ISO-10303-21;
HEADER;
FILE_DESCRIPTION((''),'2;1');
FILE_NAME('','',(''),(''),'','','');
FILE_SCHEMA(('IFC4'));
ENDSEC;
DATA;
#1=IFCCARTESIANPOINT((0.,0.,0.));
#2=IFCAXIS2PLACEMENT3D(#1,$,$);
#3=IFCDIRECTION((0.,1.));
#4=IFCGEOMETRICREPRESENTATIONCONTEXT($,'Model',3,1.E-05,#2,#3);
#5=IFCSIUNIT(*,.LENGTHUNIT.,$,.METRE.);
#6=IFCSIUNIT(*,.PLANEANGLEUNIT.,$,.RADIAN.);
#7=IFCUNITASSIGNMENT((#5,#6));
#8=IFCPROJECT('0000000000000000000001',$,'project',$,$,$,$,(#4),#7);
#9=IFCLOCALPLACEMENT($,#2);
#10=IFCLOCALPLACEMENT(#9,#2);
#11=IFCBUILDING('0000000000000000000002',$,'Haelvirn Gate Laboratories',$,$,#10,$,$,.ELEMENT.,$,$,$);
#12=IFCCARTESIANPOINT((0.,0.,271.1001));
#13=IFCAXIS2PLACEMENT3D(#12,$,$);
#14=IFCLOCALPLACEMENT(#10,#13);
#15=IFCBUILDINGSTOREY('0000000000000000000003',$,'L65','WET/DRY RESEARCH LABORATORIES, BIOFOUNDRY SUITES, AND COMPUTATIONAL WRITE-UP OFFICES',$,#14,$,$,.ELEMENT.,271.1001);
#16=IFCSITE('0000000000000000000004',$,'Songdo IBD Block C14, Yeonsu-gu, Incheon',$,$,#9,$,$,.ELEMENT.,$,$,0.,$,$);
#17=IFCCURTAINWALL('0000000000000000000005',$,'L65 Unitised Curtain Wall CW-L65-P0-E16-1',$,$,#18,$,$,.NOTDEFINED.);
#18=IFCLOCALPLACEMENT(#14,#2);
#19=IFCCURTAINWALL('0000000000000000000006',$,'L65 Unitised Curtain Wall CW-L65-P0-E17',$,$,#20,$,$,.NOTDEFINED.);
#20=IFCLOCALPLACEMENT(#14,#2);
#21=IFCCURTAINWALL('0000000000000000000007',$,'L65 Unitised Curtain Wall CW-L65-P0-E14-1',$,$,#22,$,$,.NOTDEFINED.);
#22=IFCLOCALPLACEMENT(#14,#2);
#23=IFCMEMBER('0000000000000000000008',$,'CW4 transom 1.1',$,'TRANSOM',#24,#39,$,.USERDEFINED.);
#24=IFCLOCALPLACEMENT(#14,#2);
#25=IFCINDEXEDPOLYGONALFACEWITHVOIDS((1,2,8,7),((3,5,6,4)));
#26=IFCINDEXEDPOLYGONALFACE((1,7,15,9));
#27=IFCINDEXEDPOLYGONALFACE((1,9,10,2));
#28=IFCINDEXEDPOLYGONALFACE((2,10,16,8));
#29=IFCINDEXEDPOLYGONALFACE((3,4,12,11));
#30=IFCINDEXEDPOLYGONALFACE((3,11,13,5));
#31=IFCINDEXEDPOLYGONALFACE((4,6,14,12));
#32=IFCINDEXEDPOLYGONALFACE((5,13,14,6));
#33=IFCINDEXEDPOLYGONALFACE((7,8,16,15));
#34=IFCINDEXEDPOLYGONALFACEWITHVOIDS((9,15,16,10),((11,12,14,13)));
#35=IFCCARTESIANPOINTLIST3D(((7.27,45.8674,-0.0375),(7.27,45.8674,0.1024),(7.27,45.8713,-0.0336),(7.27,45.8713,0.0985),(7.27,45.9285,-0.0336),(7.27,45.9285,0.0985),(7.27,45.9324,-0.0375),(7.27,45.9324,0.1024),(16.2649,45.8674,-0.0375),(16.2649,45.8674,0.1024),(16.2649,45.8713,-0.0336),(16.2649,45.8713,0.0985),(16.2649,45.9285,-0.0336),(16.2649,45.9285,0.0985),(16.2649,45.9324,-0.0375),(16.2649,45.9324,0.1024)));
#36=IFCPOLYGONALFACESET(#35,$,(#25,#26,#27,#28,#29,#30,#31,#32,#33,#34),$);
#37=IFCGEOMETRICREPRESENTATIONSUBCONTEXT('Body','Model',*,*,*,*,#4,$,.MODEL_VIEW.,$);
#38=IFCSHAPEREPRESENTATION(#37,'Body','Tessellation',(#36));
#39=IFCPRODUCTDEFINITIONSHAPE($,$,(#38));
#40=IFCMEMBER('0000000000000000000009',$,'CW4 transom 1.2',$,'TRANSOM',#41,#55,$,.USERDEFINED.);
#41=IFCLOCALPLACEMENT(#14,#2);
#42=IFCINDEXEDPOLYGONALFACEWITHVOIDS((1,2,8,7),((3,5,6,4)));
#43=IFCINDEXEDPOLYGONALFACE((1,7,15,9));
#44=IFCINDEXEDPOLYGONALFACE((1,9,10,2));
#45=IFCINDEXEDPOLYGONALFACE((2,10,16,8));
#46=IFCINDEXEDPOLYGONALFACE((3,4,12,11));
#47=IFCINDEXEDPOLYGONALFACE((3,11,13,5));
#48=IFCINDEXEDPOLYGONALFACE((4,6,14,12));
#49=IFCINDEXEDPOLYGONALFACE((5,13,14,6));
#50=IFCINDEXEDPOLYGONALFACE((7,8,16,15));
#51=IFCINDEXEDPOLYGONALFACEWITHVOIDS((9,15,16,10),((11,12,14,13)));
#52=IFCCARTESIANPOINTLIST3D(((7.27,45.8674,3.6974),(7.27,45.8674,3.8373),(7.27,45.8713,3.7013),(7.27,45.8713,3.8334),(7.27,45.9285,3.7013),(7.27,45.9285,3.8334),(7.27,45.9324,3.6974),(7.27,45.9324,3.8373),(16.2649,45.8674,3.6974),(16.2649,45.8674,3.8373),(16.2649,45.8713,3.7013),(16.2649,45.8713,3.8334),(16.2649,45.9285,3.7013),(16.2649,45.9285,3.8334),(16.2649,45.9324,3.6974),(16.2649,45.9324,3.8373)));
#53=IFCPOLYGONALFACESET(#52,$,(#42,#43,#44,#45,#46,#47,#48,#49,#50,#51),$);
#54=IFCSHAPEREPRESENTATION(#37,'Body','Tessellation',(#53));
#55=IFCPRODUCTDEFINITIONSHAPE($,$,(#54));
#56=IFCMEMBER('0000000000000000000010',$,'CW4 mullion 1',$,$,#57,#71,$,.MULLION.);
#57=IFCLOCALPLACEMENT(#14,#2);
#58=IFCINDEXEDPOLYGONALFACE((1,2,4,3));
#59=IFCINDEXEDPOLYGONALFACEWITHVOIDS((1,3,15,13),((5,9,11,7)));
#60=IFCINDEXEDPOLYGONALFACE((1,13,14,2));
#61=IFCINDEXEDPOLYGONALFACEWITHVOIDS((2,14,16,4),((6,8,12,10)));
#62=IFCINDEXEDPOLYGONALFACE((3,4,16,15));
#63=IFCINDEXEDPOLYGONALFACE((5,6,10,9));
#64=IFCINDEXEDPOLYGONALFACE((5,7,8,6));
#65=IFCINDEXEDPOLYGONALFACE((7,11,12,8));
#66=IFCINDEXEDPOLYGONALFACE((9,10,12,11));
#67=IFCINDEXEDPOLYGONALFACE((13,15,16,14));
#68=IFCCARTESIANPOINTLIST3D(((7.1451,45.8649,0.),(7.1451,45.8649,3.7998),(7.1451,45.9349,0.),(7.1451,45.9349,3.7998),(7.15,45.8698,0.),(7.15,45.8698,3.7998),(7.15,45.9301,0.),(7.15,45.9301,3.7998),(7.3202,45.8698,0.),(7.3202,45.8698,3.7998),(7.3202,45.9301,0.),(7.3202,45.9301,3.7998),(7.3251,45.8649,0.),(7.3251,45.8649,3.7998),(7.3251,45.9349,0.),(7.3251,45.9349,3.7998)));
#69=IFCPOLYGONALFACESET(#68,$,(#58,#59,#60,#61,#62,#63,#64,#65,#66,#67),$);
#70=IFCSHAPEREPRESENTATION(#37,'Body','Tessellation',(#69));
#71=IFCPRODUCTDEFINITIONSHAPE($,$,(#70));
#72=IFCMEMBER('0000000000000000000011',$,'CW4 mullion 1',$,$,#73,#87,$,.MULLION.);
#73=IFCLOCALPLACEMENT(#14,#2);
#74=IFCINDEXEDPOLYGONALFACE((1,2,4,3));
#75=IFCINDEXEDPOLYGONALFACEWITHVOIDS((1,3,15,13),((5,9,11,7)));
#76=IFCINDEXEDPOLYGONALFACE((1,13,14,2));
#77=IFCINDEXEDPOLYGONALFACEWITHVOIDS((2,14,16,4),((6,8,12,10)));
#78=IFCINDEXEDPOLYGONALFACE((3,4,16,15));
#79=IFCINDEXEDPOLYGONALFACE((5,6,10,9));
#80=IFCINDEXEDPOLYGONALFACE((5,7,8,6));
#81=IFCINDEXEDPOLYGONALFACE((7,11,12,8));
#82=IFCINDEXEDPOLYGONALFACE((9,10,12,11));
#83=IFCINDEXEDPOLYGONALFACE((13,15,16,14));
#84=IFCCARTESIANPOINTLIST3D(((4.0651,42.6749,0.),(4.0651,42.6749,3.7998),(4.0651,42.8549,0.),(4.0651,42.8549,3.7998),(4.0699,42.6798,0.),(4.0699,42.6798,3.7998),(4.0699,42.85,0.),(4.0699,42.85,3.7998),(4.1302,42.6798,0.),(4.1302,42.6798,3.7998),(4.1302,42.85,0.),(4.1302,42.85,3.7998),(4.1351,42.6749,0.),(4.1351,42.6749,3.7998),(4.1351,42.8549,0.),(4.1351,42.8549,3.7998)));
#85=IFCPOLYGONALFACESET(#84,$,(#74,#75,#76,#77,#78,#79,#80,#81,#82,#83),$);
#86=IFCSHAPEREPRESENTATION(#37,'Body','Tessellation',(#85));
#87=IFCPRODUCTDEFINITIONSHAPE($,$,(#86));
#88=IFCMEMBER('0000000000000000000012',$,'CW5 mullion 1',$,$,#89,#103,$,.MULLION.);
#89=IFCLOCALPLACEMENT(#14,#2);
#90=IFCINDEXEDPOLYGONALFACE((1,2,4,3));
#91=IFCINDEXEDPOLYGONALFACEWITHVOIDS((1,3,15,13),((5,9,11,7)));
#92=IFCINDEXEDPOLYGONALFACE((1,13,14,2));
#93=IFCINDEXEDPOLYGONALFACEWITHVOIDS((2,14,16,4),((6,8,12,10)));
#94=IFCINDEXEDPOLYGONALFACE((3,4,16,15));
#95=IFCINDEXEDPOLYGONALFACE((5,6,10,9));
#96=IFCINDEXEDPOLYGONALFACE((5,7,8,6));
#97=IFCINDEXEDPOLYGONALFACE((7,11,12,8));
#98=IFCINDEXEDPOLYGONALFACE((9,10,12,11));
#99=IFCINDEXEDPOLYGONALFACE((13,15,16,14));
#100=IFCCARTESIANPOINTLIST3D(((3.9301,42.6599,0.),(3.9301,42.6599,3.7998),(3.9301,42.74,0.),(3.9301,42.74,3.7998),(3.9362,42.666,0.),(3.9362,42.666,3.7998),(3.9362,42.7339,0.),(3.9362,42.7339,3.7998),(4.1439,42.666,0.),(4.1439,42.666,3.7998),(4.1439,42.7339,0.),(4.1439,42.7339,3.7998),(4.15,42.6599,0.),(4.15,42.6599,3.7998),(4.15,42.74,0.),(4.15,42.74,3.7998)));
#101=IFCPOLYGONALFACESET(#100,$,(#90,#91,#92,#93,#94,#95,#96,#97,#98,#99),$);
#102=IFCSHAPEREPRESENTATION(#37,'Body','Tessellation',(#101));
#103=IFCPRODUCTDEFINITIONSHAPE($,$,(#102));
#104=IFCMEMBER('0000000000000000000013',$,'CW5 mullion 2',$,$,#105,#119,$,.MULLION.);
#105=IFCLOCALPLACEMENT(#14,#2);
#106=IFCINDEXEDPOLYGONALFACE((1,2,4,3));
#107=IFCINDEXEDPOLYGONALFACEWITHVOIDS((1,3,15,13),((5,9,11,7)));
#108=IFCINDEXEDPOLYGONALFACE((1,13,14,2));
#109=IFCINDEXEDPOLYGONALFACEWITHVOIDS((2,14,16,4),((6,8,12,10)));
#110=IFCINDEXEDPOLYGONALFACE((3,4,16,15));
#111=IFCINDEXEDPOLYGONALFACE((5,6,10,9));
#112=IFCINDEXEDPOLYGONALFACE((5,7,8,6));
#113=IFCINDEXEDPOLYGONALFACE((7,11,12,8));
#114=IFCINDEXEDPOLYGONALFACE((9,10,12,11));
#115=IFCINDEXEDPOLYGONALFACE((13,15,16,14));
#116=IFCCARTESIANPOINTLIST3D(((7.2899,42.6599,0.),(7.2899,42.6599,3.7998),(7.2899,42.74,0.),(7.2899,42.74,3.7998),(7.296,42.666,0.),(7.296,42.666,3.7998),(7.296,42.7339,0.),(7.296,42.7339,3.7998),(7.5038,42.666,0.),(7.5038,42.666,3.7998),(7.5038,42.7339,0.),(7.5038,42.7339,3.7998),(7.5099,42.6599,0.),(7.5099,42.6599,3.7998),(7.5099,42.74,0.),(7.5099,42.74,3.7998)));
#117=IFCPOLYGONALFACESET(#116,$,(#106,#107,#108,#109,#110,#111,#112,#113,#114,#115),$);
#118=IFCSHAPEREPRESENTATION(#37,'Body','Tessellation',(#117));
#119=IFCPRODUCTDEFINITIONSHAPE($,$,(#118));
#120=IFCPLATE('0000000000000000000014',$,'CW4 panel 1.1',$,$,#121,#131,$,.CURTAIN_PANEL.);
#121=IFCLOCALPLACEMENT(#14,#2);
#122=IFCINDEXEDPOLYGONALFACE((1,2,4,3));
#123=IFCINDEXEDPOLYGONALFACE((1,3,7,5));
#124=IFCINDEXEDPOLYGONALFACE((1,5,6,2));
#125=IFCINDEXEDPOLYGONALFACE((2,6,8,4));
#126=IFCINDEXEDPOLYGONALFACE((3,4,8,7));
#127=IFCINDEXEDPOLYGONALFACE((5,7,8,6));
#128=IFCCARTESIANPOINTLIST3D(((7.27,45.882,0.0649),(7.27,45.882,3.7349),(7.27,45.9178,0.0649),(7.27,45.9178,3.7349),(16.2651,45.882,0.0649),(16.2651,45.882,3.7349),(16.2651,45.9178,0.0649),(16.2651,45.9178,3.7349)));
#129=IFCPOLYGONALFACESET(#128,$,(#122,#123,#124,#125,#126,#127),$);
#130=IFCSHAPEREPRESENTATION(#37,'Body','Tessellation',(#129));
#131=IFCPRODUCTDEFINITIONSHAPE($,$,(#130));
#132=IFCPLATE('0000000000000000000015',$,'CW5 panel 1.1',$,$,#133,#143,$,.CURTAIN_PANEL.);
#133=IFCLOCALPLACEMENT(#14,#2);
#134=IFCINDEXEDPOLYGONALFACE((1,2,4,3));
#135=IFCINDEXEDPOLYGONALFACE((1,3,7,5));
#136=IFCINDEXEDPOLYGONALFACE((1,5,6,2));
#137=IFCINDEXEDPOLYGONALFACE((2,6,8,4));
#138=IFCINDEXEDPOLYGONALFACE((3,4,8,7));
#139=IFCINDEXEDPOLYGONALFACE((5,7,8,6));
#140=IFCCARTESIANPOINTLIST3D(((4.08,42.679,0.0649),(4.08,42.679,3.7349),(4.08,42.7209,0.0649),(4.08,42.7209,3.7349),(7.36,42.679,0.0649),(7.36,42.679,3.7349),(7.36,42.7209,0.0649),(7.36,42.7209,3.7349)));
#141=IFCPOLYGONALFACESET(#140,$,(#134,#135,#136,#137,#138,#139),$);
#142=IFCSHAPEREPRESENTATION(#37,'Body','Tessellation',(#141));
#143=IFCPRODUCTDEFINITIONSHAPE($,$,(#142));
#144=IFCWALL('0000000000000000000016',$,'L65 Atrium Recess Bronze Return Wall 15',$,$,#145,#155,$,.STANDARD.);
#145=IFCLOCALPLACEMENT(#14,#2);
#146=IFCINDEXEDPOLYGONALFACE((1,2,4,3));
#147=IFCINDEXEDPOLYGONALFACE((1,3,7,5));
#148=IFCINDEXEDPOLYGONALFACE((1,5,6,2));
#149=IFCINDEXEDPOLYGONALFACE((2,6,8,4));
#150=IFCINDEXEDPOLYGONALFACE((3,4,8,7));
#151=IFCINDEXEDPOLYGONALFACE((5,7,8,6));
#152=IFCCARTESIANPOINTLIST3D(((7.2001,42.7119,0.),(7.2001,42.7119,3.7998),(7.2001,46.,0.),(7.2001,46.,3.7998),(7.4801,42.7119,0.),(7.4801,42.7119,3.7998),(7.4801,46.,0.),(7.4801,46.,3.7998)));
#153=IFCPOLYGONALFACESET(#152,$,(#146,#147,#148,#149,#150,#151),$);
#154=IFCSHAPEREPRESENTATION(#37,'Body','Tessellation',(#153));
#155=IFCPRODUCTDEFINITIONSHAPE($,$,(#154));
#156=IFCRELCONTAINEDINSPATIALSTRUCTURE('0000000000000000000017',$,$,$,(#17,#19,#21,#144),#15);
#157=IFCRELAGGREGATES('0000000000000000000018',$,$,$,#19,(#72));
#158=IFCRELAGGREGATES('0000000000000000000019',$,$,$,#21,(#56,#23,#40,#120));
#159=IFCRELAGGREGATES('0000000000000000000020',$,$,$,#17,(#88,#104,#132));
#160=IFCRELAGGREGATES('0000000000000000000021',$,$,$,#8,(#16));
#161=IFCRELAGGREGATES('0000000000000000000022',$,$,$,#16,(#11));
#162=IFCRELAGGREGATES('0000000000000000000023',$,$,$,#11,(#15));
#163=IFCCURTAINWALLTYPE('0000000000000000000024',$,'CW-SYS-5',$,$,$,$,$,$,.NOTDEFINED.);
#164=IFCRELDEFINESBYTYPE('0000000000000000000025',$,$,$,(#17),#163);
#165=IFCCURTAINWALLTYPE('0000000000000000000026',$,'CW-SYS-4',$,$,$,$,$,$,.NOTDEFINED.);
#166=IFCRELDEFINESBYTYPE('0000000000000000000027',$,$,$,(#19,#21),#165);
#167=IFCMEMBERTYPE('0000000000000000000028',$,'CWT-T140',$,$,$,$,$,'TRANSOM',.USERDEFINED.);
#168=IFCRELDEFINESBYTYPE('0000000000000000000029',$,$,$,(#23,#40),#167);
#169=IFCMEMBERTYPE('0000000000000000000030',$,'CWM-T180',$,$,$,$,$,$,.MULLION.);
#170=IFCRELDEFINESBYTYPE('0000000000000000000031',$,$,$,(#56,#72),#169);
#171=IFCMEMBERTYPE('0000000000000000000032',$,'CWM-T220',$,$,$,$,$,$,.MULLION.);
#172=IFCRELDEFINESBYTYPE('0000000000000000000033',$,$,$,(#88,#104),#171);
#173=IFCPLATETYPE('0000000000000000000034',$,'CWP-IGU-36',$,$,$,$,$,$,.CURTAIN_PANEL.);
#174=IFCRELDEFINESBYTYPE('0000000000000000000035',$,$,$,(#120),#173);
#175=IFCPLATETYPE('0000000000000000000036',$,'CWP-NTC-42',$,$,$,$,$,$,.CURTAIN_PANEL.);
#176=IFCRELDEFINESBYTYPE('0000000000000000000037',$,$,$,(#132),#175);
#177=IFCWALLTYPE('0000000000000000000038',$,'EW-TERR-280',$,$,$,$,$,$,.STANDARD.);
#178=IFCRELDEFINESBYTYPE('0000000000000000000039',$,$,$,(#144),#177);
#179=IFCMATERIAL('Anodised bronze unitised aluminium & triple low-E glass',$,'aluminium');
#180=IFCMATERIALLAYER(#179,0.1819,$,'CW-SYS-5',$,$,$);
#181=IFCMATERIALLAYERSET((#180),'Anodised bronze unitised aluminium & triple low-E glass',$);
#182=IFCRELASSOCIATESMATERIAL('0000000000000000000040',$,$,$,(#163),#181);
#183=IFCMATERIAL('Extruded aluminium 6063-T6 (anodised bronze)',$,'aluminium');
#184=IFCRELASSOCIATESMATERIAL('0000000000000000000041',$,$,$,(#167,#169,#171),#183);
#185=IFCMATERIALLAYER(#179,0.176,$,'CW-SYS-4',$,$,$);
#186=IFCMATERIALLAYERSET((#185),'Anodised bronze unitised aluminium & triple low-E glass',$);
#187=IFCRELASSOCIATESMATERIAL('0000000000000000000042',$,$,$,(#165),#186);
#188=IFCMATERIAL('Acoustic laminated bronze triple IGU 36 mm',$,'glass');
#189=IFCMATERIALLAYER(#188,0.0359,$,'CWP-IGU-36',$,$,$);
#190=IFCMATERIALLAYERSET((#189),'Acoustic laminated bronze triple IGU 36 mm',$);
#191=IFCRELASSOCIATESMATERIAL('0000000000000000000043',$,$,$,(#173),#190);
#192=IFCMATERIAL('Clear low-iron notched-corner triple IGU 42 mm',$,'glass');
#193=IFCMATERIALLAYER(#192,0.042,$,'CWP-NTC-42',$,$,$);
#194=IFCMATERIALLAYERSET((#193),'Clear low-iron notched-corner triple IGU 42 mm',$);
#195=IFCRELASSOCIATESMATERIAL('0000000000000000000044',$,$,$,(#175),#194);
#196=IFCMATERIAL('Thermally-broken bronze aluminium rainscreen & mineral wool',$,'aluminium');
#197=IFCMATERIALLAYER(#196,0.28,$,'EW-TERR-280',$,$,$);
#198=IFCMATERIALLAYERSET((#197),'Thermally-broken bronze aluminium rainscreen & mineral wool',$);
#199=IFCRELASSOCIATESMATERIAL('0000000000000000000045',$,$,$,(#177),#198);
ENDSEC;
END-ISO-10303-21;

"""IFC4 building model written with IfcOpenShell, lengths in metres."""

from ifc_helpers import new_model, si_unit, direction, frame, frame_2d, origin, origin_2d, place, context, subcontext, project, spatial, rectangle, hollow_rectangle, extrude, source, transform, mapped, material, layer, layer_set, material_profile, profile_set, type_object, type_shapes, element, aggregate, save


model = new_model("IFC4")

# Units and contexts
model_context = context("Model", 3, precision=1e-05, world=origin(), true_north=direction((0.0, 1.0)))
body_context = subcontext(model_context, "Body", "Model", "MODEL_VIEW")
ifc_project = project(units=[si_unit("LENGTHUNIT", "METRE"), si_unit("PLANEANGLEUNIT", "RADIAN")], contexts=[model_context])

# Site, building, storey
site_placement = place(None, origin())
site = spatial("IfcSite", under=ifc_project, at=site_placement, Name="Songdo IBD Block C14, Yeonsu-gu, Incheon", CompositionType="ELEMENT", RefElevation=0.0)
building_placement = place(site_placement, origin())
building = spatial("IfcBuilding", under=site, at=building_placement, Name="Haelvirn Gate Laboratories", CompositionType="ELEMENT")
storey_placement = place(building_placement, frame((0.0, 0.0, 271.1001)))
storey = spatial("IfcBuildingStorey", under=building, at=storey_placement, Name="L65", Description="WET/DRY RESEARCH LABORATORIES, BIOFOUNDRY SUITES, AND COMPUTATIONAL WRITE-UP OFFICES", CompositionType="ELEMENT", Elevation=271.1001)

# Curtain walls, members
ifc_material_1 = material(Name="Anodised bronze unitised aluminium & triple low-E glass", Category="aluminium")
ifc_layer_1 = layer(ifc_material_1, 0.1819, Name="CW-SYS-5")
ifc_layer_set_1 = layer_set([ifc_layer_1], Name="Anodised bronze unitised aluminium & triple low-E glass")
curtain_wall_type_1 = type_object("IfcCurtainWallType", Name="CW-SYS-5", PredefinedType="NOTDEFINED", material=ifc_layer_set_1)
curtain_wall_1_placement = place(storey_placement, origin())
curtain_wall_1 = element("IfcCurtainWall", 1, at=curtain_wall_1_placement, inside=storey, type_object=curtain_wall_type_1, Name="L65 Unitised Curtain Wall CW-L65-P0-E16-1", PredefinedType="NOTDEFINED")
ifc_material_2 = material(Name="Extruded aluminium 6063-T6 (anodised bronze)", Category="aluminium")
ifc_material_profile_1 = material_profile(ifc_material_2, hollow_rectangle(XDim=0.0649, YDim=0.1399, WallThickness=0.0039, at=origin_2d()), Name="CWT-140x65x4")
ifc_profile_set_1 = profile_set([ifc_material_profile_1], Name="Extruded aluminium 6063-T6 (anodised bronze)")
member_type_1 = type_object("IfcMemberType", Name="CWT-T140", ElementType="TRANSOM", PredefinedType="USERDEFINED", material=ifc_profile_set_1)
ifc_layer_2 = layer(ifc_material_1, 0.176, Name="CW-SYS-4")
ifc_layer_set_2 = layer_set([ifc_layer_2], Name="Anodised bronze unitised aluminium & triple low-E glass")
curtain_wall_type_2 = type_object("IfcCurtainWallType", Name="CW-SYS-4", PredefinedType="NOTDEFINED", material=ifc_layer_set_2)
curtain_wall_2_placement = place(storey_placement, origin())
curtain_wall_2 = element("IfcCurtainWall", 2, at=curtain_wall_2_placement, inside=storey, type_object=curtain_wall_type_2, Name="L65 Unitised Curtain Wall CW-L65-P0-E17", PredefinedType="NOTDEFINED")
curtain_wall_3_placement = place(storey_placement, origin())
curtain_wall_3 = element("IfcCurtainWall", 3, at=curtain_wall_3_placement, inside=storey, type_object=curtain_wall_type_2, Name="L65 Unitised Curtain Wall CW-L65-P0-E14-1", PredefinedType="NOTDEFINED")
shared_shape_1 = source(origin(), body_context, "Body", "SweptSolid", [
    extrude(hollow_rectangle(XDim=0.0649, YDim=0.1399, WallThickness=0.0039, at=origin_2d()), origin(), (0.0, 0.0, 1.0), 8.9949),
])
member_1_placement = place(storey_placement, frame((7.27, 45.8999, 0.0325), z_axis=(1.0, 0.0, 0.0), x_axis=(0.0, 1.0, 0.0)))
member_1 = element("IfcMember", 4, at=member_1_placement, type_object=member_type_1, Name="CW4 transom 1.1", ObjectType="TRANSOM", PredefinedType="USERDEFINED", context=body_context, shape_type="MappedRepresentation", body=[
    mapped(shared_shape_1, transform((0.0, 0.0, 0.0), scale=1.0)),
])
member_2_placement = place(storey_placement, frame((7.27, 45.8999, 3.7673), z_axis=(1.0, 0.0, 0.0), x_axis=(0.0, 1.0, 0.0)))
member_2 = element("IfcMember", 5, at=member_2_placement, type_object=member_type_1, Name="CW4 transom 1.2", ObjectType="TRANSOM", PredefinedType="USERDEFINED", context=body_context, shape_type="MappedRepresentation", body=[
    mapped(shared_shape_1, transform((0.0, 0.0, 0.0), scale=1.0)),
])
ifc_material_profile_2 = material_profile(ifc_material_2, hollow_rectangle(XDim=0.0701, YDim=0.1799, WallThickness=0.0049, at=origin_2d()), Name="CWM-180x70x5")
ifc_profile_set_2 = profile_set([ifc_material_profile_2], Name="Extruded aluminium 6063-T6 (anodised bronze)")
member_type_2 = type_object("IfcMemberType", Name="CWM-T180", PredefinedType="MULLION", material=ifc_profile_set_2)
shared_shape_2 = source(origin(), body_context, "Body", "SweptSolid", [
    extrude(hollow_rectangle(XDim=0.0701, YDim=0.1799, WallThickness=0.0049, at=origin_2d()), origin(), (0.0, 0.0, 1.0), 3.7998),
])
type_shapes(member_type_2, [shared_shape_2])
member_3_placement = place(storey_placement, frame((7.2351, 45.8999, 0.0), z_axis=(0.0, 0.0, 1.0), x_axis=(0.0, 1.0, 0.0)))
member_3 = element("IfcMember", 6, at=member_3_placement, type_object=member_type_2, Name="CW4 mullion 1", PredefinedType="MULLION", context=body_context, shape_type="MappedRepresentation", body=[
    mapped(shared_shape_2, transform((0.0, 0.0, 0.0), scale=1.0)),
])

# Members
member_4_placement = place(storey_placement, frame((4.1001, 42.7649, 0.0), z_axis=(0.0, 0.0, 1.0), x_axis=(1.0, 0.0, 0.0)))
member_4 = element("IfcMember", 7, at=member_4_placement, type_object=member_type_2, Name="CW4 mullion 1", PredefinedType="MULLION", context=body_context, shape_type="MappedRepresentation", body=[
    mapped(shared_shape_2, transform((0.0, 0.0, 0.0), scale=1.0)),
])
aggregate(curtain_wall_2, [member_4])
ifc_material_profile_3 = material_profile(ifc_material_2, hollow_rectangle(XDim=0.0801, YDim=0.22, WallThickness=0.0061, at=origin_2d()), Name="CWM-220x80x6")
ifc_profile_set_3 = profile_set([ifc_material_profile_3], Name="Extruded aluminium 6063-T6 (anodised bronze)")
member_type_3 = type_object("IfcMemberType", Name="CWM-T220", PredefinedType="MULLION", material=ifc_profile_set_3)
shared_shape_3 = source(origin(), body_context, "Body", "SweptSolid", [
    extrude(hollow_rectangle(XDim=0.0801, YDim=0.22, WallThickness=0.0061, at=origin_2d()), origin(), (0.0, 0.0, 1.0), 3.7998),
])
type_shapes(member_type_3, [shared_shape_3])
member_5_placement = place(storey_placement, frame((4.04, 42.7, 0.0), z_axis=(0.0, 0.0, 1.0), x_axis=(0.0, 1.0, 0.0)))
member_5 = element("IfcMember", 8, at=member_5_placement, type_object=member_type_3, Name="CW5 mullion 1", PredefinedType="MULLION", context=body_context, shape_type="MappedRepresentation", body=[
    mapped(shared_shape_3, transform((0.0, 0.0, 0.0), scale=1.0)),
])
member_6_placement = place(storey_placement, frame((7.3999, 42.7, 0.0), z_axis=(0.0, 0.0, 1.0), x_axis=(0.0, 1.0, 0.0)))
member_6 = element("IfcMember", 9, at=member_6_placement, type_object=member_type_3, Name="CW5 mullion 2", PredefinedType="MULLION", context=body_context, shape_type="MappedRepresentation", body=[
    mapped(shared_shape_3, transform((0.0, 0.0, 0.0), scale=1.0)),
])

# Plates
ifc_material_3 = material(Name="Acoustic laminated bronze triple IGU 36 mm", Category="glass")
ifc_layer_3 = layer(ifc_material_3, 0.0359, Name="CWP-IGU-36")
ifc_layer_set_3 = layer_set([ifc_layer_3], Name="Acoustic laminated bronze triple IGU 36 mm")
plate_type_1 = type_object("IfcPlateType", Name="CWP-IGU-36", PredefinedType="CURTAIN_PANEL", material=ifc_layer_set_3)
shared_shape_4 = source(origin(), body_context, "Body", "SweptSolid", [
    extrude(rectangle(XDim=8.9951, YDim=0.0359, at=origin_2d()), origin(), (0.0, 0.0, 1.0), 3.6699),
])
type_shapes(plate_type_1, [shared_shape_4])
plate_1_placement = place(storey_placement, frame((11.7676, 45.8999, 0.0649), z_axis=(0.0, 0.0, 1.0), x_axis=(1.0, 0.0, 0.0)))
plate_1 = element("IfcPlate", 10, at=plate_1_placement, type_object=plate_type_1, Name="CW4 panel 1.1", PredefinedType="CURTAIN_PANEL", context=body_context, shape_type="MappedRepresentation", body=[
    mapped(shared_shape_4, transform((0.0, 0.0, 0.0), scale=1.0)),
])
aggregate(curtain_wall_3, [member_3, member_1, member_2, plate_1])
ifc_material_4 = material(Name="Clear low-iron notched-corner triple IGU 42 mm", Category="glass")
ifc_layer_4 = layer(ifc_material_4, 0.042, Name="CWP-NTC-42")
ifc_layer_set_4 = layer_set([ifc_layer_4], Name="Clear low-iron notched-corner triple IGU 42 mm")
plate_type_2 = type_object("IfcPlateType", Name="CWP-NTC-42", PredefinedType="CURTAIN_PANEL", material=ifc_layer_set_4)
shared_shape_5 = source(origin(), body_context, "Body", "SweptSolid", [
    extrude(rectangle(XDim=3.28, YDim=0.042, at=origin_2d()), origin(), (0.0, 0.0, 1.0), 3.6699),
])
type_shapes(plate_type_2, [shared_shape_5])
plate_2_placement = place(storey_placement, frame((5.72, 42.7, 0.0649), z_axis=(0.0, 0.0, 1.0), x_axis=(1.0, 0.0, 0.0)))
plate_2 = element("IfcPlate", 11, at=plate_2_placement, type_object=plate_type_2, Name="CW5 panel 1.1", PredefinedType="CURTAIN_PANEL", context=body_context, shape_type="MappedRepresentation", body=[
    mapped(shared_shape_5, transform((0.0, 0.0, 0.0), scale=1.0)),
])
aggregate(curtain_wall_1, [member_5, member_6, plate_2])

# Wall
ifc_material_5 = material(Name="Thermally-broken bronze aluminium rainscreen & mineral wool", Category="aluminium")
ifc_layer_5 = layer(ifc_material_5, 0.28, Name="EW-TERR-280")
ifc_layer_set_5 = layer_set([ifc_layer_5], Name="Thermally-broken bronze aluminium rainscreen & mineral wool")
wall_type_1 = type_object("IfcWallType", Name="EW-TERR-280", PredefinedType="STANDARD", material=ifc_layer_set_5)
wall_1_placement = place(storey_placement, frame((7.3401, 46.0, 0.0), z_axis=(0.0, 0.0, 1.0), x_axis=(0.0, -1.0, 0.0)))
element("IfcWall", 12, at=wall_1_placement, inside=storey, type_object=wall_type_1, Name="L65 Atrium Recess Bronze Return Wall 15", PredefinedType="STANDARD", context=body_context, shape_type="SweptSolid", body=[
    extrude(rectangle(XDim=3.2881, YDim=0.28, at=frame_2d((1.644, 0.0))), origin(), (0.0, 0.0, 1.0), 3.7998),
])

save(model, "model.ifc")
